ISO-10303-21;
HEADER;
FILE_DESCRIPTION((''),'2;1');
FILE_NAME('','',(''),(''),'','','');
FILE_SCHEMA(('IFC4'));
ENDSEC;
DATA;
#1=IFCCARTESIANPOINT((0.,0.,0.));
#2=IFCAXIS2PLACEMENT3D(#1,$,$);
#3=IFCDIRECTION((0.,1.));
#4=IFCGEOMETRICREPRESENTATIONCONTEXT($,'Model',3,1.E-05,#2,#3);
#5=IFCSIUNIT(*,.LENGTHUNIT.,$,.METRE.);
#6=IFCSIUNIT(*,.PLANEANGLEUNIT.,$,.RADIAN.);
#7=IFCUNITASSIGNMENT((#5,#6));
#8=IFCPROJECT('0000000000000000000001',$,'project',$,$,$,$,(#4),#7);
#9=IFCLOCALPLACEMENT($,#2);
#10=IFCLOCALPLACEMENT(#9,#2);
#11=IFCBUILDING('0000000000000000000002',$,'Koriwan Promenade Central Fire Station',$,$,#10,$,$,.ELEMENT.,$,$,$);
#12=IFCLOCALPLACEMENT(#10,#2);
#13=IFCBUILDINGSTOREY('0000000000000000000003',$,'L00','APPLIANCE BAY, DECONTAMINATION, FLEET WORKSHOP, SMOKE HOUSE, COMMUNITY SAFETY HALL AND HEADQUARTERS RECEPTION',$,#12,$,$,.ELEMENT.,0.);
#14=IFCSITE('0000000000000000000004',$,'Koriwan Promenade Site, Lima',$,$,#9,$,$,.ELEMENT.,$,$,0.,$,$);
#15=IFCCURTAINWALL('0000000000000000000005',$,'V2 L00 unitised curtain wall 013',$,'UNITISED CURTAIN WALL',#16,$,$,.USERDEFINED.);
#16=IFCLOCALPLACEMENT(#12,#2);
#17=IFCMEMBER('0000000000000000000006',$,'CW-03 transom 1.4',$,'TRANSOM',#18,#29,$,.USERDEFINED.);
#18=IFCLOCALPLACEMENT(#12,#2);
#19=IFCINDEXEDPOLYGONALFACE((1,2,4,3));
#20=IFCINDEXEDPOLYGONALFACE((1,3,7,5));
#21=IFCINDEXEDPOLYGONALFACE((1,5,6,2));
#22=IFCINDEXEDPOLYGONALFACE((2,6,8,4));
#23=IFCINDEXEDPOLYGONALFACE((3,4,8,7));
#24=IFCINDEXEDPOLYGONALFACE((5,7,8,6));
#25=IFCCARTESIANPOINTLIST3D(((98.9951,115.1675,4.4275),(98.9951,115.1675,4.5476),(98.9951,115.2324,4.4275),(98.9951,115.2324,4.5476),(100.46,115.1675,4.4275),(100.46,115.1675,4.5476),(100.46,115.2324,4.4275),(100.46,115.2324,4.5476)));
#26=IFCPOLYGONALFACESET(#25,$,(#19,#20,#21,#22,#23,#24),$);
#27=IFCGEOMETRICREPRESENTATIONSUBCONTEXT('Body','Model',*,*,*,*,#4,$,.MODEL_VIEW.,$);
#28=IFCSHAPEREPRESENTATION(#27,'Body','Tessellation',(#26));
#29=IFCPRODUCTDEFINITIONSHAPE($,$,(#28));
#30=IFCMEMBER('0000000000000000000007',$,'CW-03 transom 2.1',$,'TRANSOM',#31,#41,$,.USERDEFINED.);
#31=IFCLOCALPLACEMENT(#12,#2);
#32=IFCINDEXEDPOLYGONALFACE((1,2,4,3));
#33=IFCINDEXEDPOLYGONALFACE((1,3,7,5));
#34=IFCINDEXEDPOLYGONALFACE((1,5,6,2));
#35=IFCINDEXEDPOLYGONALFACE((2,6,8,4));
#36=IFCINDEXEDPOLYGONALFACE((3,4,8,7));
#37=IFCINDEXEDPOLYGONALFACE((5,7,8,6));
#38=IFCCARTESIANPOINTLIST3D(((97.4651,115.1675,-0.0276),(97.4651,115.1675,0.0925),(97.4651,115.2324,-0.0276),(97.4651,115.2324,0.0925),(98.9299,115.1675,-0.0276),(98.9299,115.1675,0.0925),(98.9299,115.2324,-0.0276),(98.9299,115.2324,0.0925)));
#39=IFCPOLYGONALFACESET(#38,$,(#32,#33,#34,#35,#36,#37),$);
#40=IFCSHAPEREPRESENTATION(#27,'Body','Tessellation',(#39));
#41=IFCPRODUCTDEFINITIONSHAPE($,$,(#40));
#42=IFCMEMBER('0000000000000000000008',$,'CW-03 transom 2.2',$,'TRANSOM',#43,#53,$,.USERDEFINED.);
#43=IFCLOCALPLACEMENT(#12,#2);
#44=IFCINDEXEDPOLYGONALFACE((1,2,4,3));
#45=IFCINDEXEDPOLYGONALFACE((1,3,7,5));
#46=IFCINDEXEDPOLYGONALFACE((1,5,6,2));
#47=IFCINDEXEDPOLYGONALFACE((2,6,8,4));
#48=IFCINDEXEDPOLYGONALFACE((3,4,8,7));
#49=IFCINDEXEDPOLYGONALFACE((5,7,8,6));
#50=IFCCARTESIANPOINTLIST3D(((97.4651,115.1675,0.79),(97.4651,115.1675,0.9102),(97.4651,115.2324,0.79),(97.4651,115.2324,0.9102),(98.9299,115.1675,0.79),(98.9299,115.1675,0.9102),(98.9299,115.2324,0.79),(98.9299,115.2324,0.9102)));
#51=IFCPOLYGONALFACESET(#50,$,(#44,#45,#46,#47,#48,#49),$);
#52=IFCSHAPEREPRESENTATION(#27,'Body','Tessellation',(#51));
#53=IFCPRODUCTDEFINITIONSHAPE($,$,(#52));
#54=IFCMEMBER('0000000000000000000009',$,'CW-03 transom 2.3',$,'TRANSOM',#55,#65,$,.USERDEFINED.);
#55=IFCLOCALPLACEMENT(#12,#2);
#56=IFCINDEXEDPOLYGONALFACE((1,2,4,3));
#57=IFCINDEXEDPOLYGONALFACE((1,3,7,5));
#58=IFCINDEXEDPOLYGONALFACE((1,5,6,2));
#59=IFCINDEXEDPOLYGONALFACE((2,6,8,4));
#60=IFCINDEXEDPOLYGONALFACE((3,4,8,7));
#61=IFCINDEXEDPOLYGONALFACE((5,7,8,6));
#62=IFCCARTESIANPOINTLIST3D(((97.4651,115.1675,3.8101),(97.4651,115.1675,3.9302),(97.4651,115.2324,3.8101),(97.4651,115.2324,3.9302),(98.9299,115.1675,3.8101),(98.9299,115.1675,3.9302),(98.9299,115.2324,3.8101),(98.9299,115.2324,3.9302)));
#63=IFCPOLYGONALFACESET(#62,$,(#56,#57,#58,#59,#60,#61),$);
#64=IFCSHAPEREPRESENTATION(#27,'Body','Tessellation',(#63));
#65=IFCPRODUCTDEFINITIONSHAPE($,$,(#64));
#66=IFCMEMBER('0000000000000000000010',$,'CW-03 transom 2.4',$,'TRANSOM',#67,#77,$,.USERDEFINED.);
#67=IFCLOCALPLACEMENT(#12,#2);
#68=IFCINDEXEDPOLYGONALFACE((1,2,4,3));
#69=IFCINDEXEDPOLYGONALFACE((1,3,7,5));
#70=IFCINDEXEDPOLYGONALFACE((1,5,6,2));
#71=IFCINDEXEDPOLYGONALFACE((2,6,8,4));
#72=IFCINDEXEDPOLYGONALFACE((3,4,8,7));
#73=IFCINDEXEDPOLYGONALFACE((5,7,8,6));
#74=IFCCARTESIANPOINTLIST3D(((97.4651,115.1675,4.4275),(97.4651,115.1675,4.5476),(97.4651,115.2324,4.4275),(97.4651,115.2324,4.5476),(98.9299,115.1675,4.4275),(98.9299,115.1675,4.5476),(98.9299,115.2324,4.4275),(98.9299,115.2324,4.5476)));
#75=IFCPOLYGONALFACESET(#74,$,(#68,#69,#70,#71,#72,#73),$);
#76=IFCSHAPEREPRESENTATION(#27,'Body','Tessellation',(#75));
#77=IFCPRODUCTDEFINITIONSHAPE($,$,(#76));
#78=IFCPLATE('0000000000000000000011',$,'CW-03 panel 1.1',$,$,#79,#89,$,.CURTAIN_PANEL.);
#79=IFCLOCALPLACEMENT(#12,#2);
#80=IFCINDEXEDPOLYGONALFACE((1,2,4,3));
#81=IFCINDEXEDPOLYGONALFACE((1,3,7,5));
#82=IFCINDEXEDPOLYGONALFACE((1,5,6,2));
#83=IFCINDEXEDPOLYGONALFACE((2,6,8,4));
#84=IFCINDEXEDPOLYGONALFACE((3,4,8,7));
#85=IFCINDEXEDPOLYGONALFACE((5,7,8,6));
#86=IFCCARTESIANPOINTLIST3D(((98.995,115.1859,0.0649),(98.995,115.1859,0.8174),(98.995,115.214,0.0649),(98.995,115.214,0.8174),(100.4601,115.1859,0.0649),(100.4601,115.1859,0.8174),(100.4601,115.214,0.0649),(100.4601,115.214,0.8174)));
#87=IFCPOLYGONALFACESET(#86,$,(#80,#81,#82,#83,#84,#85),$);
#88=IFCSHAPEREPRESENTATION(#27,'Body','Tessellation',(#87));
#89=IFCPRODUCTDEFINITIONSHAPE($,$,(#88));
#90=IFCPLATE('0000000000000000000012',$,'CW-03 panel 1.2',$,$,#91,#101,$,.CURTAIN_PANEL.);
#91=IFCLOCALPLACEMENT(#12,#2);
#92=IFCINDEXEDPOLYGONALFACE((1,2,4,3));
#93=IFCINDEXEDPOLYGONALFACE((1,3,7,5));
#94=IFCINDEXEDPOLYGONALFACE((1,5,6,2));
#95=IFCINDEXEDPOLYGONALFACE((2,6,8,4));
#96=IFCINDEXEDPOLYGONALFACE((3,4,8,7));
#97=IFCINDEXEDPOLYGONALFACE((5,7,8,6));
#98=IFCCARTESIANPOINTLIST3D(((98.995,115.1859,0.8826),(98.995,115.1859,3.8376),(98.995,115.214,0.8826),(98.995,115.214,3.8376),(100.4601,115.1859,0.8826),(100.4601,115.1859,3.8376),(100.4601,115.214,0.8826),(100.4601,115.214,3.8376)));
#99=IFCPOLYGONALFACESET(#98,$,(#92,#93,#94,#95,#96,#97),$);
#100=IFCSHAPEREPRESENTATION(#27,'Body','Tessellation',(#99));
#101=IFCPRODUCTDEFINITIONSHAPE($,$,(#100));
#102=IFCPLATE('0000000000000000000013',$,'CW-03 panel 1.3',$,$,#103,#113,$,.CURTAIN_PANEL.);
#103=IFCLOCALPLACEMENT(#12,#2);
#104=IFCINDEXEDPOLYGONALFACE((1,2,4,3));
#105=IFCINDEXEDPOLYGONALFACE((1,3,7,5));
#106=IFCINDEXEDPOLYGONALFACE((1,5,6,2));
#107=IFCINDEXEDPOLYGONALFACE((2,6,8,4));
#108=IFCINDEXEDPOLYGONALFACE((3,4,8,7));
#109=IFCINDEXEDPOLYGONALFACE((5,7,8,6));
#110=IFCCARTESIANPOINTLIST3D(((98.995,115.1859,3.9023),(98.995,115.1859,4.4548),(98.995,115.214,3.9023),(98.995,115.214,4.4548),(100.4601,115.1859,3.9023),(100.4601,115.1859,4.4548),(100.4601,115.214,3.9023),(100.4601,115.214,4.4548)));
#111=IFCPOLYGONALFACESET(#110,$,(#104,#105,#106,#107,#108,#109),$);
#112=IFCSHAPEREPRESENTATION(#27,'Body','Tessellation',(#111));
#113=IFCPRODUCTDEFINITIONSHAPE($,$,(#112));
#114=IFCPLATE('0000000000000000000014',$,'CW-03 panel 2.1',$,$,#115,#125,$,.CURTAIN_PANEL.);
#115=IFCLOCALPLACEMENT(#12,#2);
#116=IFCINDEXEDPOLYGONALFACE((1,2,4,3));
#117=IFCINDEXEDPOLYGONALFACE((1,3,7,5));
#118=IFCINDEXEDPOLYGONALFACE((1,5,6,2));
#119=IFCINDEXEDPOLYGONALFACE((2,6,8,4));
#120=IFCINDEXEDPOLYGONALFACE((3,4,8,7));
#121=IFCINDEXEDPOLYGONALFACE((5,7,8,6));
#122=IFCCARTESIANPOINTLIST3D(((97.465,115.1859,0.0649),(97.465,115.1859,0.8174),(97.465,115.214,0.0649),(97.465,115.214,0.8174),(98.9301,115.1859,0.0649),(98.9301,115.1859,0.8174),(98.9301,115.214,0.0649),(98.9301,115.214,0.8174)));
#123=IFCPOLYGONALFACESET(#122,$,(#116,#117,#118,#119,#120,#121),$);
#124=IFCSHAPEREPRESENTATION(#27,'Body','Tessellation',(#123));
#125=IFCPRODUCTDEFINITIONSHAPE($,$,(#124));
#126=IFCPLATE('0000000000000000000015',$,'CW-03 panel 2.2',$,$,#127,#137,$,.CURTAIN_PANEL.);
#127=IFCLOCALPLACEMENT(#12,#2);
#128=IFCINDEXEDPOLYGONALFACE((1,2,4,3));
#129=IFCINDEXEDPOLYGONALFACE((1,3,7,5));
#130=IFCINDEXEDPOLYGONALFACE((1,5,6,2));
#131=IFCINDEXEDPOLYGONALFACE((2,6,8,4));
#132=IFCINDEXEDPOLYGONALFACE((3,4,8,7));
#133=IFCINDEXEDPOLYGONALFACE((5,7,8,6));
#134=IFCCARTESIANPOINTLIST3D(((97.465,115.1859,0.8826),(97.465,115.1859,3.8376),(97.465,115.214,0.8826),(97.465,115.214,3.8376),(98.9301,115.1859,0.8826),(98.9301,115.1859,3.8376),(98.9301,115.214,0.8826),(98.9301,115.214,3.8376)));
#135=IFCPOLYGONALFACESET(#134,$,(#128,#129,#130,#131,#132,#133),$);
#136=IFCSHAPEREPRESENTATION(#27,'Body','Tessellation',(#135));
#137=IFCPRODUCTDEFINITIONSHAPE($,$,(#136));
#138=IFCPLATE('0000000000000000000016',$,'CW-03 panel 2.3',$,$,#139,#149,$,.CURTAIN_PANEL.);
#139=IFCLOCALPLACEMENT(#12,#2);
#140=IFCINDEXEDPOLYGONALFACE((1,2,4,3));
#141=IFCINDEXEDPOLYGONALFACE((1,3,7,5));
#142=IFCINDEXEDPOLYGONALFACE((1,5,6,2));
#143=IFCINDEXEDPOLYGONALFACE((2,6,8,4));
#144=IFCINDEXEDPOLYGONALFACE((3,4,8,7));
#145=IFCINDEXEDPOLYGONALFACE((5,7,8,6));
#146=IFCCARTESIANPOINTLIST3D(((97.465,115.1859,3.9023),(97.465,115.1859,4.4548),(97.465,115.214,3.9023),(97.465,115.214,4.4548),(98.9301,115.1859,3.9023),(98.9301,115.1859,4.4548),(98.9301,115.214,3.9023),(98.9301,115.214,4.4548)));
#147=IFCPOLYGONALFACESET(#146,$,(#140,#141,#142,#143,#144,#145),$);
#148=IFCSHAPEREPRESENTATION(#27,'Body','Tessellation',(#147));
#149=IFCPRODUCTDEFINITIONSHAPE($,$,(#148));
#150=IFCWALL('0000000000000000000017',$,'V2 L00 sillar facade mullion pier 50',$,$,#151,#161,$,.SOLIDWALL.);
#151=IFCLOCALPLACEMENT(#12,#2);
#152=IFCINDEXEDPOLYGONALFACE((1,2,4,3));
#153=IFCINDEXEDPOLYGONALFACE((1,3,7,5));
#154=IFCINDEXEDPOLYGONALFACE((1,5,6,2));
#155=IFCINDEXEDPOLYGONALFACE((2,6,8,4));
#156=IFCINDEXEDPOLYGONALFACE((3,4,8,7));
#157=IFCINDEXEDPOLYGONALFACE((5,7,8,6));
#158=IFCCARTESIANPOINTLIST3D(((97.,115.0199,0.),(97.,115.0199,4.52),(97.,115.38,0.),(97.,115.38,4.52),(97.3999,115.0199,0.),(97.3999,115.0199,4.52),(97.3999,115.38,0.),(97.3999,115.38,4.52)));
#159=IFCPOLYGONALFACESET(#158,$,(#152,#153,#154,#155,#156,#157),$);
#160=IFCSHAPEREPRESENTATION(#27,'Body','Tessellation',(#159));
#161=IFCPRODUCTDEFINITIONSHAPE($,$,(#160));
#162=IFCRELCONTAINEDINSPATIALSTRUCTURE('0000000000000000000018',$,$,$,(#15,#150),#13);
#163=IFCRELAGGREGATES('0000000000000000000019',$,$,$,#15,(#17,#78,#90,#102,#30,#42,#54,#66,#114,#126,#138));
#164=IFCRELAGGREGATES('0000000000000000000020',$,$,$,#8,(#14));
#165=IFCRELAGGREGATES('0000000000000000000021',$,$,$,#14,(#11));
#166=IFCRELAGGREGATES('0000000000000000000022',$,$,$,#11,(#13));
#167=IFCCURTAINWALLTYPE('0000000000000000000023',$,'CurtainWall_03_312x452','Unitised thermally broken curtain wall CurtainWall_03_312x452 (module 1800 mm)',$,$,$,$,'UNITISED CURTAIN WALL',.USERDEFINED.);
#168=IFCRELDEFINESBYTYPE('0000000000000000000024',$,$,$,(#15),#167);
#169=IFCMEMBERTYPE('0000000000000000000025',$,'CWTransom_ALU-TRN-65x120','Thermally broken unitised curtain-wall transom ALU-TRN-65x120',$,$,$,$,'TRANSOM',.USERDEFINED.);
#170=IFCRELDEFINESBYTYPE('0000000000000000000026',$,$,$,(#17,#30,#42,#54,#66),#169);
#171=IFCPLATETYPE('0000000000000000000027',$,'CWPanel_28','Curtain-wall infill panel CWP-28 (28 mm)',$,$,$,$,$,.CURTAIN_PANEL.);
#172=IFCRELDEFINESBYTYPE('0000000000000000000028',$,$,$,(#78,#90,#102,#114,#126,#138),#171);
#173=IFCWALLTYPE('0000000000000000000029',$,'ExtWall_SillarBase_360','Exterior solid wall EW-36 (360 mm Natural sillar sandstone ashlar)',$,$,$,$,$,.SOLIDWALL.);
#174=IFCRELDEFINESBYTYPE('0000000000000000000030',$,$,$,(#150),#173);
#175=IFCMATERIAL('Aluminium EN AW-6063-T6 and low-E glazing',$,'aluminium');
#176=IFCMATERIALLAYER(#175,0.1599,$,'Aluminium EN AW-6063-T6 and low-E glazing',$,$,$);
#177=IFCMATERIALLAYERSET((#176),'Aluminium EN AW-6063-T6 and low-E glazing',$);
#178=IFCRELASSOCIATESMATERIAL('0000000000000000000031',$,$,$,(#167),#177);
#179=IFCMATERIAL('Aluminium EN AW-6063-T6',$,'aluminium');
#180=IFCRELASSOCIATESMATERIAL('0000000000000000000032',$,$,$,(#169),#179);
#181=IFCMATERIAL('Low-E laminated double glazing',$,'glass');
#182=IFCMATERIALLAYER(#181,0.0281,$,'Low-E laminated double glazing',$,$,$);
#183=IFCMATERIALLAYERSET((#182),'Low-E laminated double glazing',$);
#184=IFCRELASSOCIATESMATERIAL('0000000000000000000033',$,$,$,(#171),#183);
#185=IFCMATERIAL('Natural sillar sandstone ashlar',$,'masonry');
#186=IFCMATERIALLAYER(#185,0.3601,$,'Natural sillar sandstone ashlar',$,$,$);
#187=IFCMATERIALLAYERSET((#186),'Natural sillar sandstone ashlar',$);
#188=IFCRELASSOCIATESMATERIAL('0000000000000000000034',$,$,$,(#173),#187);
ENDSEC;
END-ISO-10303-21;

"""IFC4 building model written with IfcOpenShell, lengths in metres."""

from ifc_helpers import new_model, si_unit, direction, frame, frame_2d, origin, origin_2d, place, context, subcontext, project, spatial, rectangle, extrude, material, layer, layer_set, material_profile, profile_set, type_object, element, aggregate, save


model = new_model("IFC4")

# Units and contexts
model_context = context("Model", 3, precision=1e-05, world=origin(), true_north=direction((0.0, 1.0)))
body_context = subcontext(model_context, "Body", "Model", "MODEL_VIEW")
ifc_project = project(units=[si_unit("LENGTHUNIT", "METRE"), si_unit("PLANEANGLEUNIT", "RADIAN")], contexts=[model_context])

# Site, building, storey
site_placement = place(None, origin())
site = spatial("IfcSite", under=ifc_project, at=site_placement, Name="Koriwan Promenade Site, Lima", CompositionType="ELEMENT", RefElevation=0.0)
building_placement = place(site_placement, origin())
building = spatial("IfcBuilding", under=site, at=building_placement, Name="Koriwan Promenade Central Fire Station", CompositionType="ELEMENT")
storey_placement = place(building_placement, origin())
storey = spatial("IfcBuildingStorey", under=building, at=storey_placement, Name="L00", Description="APPLIANCE BAY, DECONTAMINATION, FLEET WORKSHOP, SMOKE HOUSE, COMMUNITY SAFETY HALL AND HEADQUARTERS RECEPTION", CompositionType="ELEMENT", Elevation=0.0)

# Curtain wall, members, plates
ifc_material_1 = material(Name="Aluminium EN AW-6063-T6 and low-E glazing", Category="aluminium")
ifc_layer_1 = layer(ifc_material_1, 0.1599, Name="Aluminium EN AW-6063-T6 and low-E glazing")
ifc_layer_set_1 = layer_set([ifc_layer_1], Name="Aluminium EN AW-6063-T6 and low-E glazing")
curtain_wall_type = type_object("IfcCurtainWallType", Name="CurtainWall_03_312x452", Description="Unitised thermally broken curtain wall CurtainWall_03_312x452 (module 1800 mm)", ElementType="UNITISED CURTAIN WALL", PredefinedType="USERDEFINED", material=ifc_layer_set_1)
curtain_wall_placement = place(storey_placement, origin())
curtain_wall = element("IfcCurtainWall", 1, at=curtain_wall_placement, inside=storey, type_object=curtain_wall_type, Name="V2 L00 unitised curtain wall 013", ObjectType="UNITISED CURTAIN WALL", PredefinedType="USERDEFINED")
ifc_material_2 = material(Name="Aluminium EN AW-6063-T6", Category="aluminium")
ifc_material_profile_1 = material_profile(ifc_material_2, rectangle(XDim=0.0649, YDim=0.1201, at=origin_2d()), Name="ALU-TRN-65x120")
ifc_profile_set_1 = profile_set([ifc_material_profile_1], Name="Aluminium EN AW-6063-T6")
member_type_1 = type_object("IfcMemberType", Name="CWTransom_ALU-TRN-65x120", Description="Thermally broken unitised curtain-wall transom ALU-TRN-65x120", ElementType="TRANSOM", PredefinedType="USERDEFINED", material=ifc_profile_set_1)
member_1_placement = place(storey_placement, frame((100.46, 115.2, 4.4875), z_axis=(-1.0, 0.0, 0.0), x_axis=(0.0, -1.0, 0.0)))
member_1 = element("IfcMember", 2, at=member_1_placement, type_object=member_type_1, Name="CW-03 transom 1.4", ObjectType="TRANSOM", PredefinedType="USERDEFINED", context=body_context, shape_type="SweptSolid", body=[
    extrude(rectangle(XDim=0.0649, YDim=0.1201, at=origin_2d()), origin(), (0.0, 0.0, 1.0), 1.4648),
])
member_2_placement = place(storey_placement, frame((98.9299, 115.2, 0.0325), z_axis=(-1.0, 0.0, 0.0), x_axis=(0.0, -1.0, 0.0)))
member_2 = element("IfcMember", 3, at=member_2_placement, type_object=member_type_1, Name="CW-03 transom 2.1", ObjectType="TRANSOM", PredefinedType="USERDEFINED", context=body_context, shape_type="SweptSolid", body=[
    extrude(rectangle(XDim=0.0649, YDim=0.1201, at=origin_2d()), origin(), (0.0, 0.0, 1.0), 1.4648),
])
member_3_placement = place(storey_placement, frame((98.9299, 115.2, 0.8501), z_axis=(-1.0, 0.0, 0.0), x_axis=(0.0, -1.0, 0.0)))
member_3 = element("IfcMember", 4, at=member_3_placement, type_object=member_type_1, Name="CW-03 transom 2.2", ObjectType="TRANSOM", PredefinedType="USERDEFINED", context=body_context, shape_type="SweptSolid", body=[
    extrude(rectangle(XDim=0.0649, YDim=0.1201, at=origin_2d()), origin(), (0.0, 0.0, 1.0), 1.4648),
])
member_4_placement = place(storey_placement, frame((98.9299, 115.2, 3.8701), z_axis=(-1.0, 0.0, 0.0), x_axis=(0.0, -1.0, 0.0)))
member_4 = element("IfcMember", 5, at=member_4_placement, type_object=member_type_1, Name="CW-03 transom 2.3", ObjectType="TRANSOM", PredefinedType="USERDEFINED", context=body_context, shape_type="SweptSolid", body=[
    extrude(rectangle(XDim=0.0649, YDim=0.1201, at=origin_2d()), origin(), (0.0, 0.0, 1.0), 1.4648),
])
member_5_placement = place(storey_placement, frame((98.9299, 115.2, 4.4875), z_axis=(-1.0, 0.0, 0.0), x_axis=(0.0, -1.0, 0.0)))
member_5 = element("IfcMember", 6, at=member_5_placement, type_object=member_type_1, Name="CW-03 transom 2.4", ObjectType="TRANSOM", PredefinedType="USERDEFINED", context=body_context, shape_type="SweptSolid", body=[
    extrude(rectangle(XDim=0.0649, YDim=0.1201, at=origin_2d()), origin(), (0.0, 0.0, 1.0), 1.4648),
])
ifc_material_3 = material(Name="Low-E laminated double glazing", Category="glass")
ifc_layer_2 = layer(ifc_material_3, 0.0281, Name="Low-E laminated double glazing")
ifc_layer_set_2 = layer_set([ifc_layer_2], Name="Low-E laminated double glazing")
plate_type = type_object("IfcPlateType", Name="CWPanel_28", Description="Curtain-wall infill panel CWP-28 (28 mm)", PredefinedType="CURTAIN_PANEL", material=ifc_layer_set_2)
plate_1_placement = place(storey_placement, frame((99.7275, 115.2, 0.0649), z_axis=(0.0, 0.0, 1.0), x_axis=(-1.0, 0.0, 0.0)))
plate_1 = element("IfcPlate", 7, at=plate_1_placement, type_object=plate_type, Name="CW-03 panel 1.1", PredefinedType="CURTAIN_PANEL", context=body_context, shape_type="SweptSolid", body=[
    extrude(rectangle(XDim=1.4651, YDim=0.0281, at=origin_2d()), origin(), (0.0, 0.0, 1.0), 0.7524),
])
plate_2_placement = place(storey_placement, frame((99.7275, 115.2, 0.8826), z_axis=(0.0, 0.0, 1.0), x_axis=(-1.0, 0.0, 0.0)))
plate_2 = element("IfcPlate", 8, at=plate_2_placement, type_object=plate_type, Name="CW-03 panel 1.2", PredefinedType="CURTAIN_PANEL", context=body_context, shape_type="SweptSolid", body=[
    extrude(rectangle(XDim=1.4651, YDim=0.0281, at=origin_2d()), origin(), (0.0, 0.0, 1.0), 2.9551),
])
plate_3_placement = place(storey_placement, frame((99.7275, 115.2, 3.9023), z_axis=(0.0, 0.0, 1.0), x_axis=(-1.0, 0.0, 0.0)))
plate_3 = element("IfcPlate", 9, at=plate_3_placement, type_object=plate_type, Name="CW-03 panel 1.3", PredefinedType="CURTAIN_PANEL", context=body_context, shape_type="SweptSolid", body=[
    extrude(rectangle(XDim=1.4651, YDim=0.0281, at=origin_2d()), origin(), (0.0, 0.0, 1.0), 0.5525),
])
plate_4_placement = place(storey_placement, frame((98.1975, 115.2, 0.0649), z_axis=(0.0, 0.0, 1.0), x_axis=(-1.0, 0.0, 0.0)))
plate_4 = element("IfcPlate", 10, at=plate_4_placement, type_object=plate_type, Name="CW-03 panel 2.1", PredefinedType="CURTAIN_PANEL", context=body_context, shape_type="SweptSolid", body=[
    extrude(rectangle(XDim=1.4651, YDim=0.0281, at=origin_2d()), origin(), (0.0, 0.0, 1.0), 0.7524),
])
plate_5_placement = place(storey_placement, frame((98.1975, 115.2, 0.8826), z_axis=(0.0, 0.0, 1.0), x_axis=(-1.0, 0.0, 0.0)))
plate_5 = element("IfcPlate", 11, at=plate_5_placement, type_object=plate_type, Name="CW-03 panel 2.2", PredefinedType="CURTAIN_PANEL", context=body_context, shape_type="SweptSolid", body=[
    extrude(rectangle(XDim=1.4651, YDim=0.0281, at=origin_2d()), origin(), (0.0, 0.0, 1.0), 2.9551),
])
plate_6_placement = place(storey_placement, frame((98.1975, 115.2, 3.9023), z_axis=(0.0, 0.0, 1.0), x_axis=(-1.0, 0.0, 0.0)))
plate_6 = element("IfcPlate", 12, at=plate_6_placement, type_object=plate_type, Name="CW-03 panel 2.3", PredefinedType="CURTAIN_PANEL", context=body_context, shape_type="SweptSolid", body=[
    extrude(rectangle(XDim=1.4651, YDim=0.0281, at=origin_2d()), origin(), (0.0, 0.0, 1.0), 0.5525),
])
aggregate(curtain_wall, [member_1, plate_1, plate_2, plate_3, member_2, member_3, member_4, member_5, plate_4, plate_5, plate_6])

# Wall
ifc_material_4 = material(Name="Natural sillar sandstone ashlar", Category="masonry")
ifc_layer_3 = layer(ifc_material_4, 0.3601, Name="Natural sillar sandstone ashlar")
ifc_layer_set_3 = layer_set([ifc_layer_3], Name="Natural sillar sandstone ashlar")
wall_type_1 = type_object("IfcWallType", Name="ExtWall_SillarBase_360", Description="Exterior solid wall EW-36 (360 mm Natural sillar sandstone ashlar)", PredefinedType="SOLIDWALL", material=ifc_layer_set_3)
wall_1_placement = place(storey_placement, frame((97.3999, 115.2, 0.0), z_axis=(0.0, 0.0, 1.0), x_axis=(-1.0, 0.0, 0.0)))
element("IfcWall", 13, at=wall_1_placement, inside=storey, type_object=wall_type_1, Name="V2 L00 sillar facade mullion pier 50", PredefinedType="SOLIDWALL", context=body_context, shape_type="SweptSolid", body=[
    extrude(rectangle(XDim=0.3999, YDim=0.3601, at=frame_2d((0.2, 0.0))), origin(), (0.0, 0.0, 1.0), 4.52),
])

save(model, "model.ifc")
